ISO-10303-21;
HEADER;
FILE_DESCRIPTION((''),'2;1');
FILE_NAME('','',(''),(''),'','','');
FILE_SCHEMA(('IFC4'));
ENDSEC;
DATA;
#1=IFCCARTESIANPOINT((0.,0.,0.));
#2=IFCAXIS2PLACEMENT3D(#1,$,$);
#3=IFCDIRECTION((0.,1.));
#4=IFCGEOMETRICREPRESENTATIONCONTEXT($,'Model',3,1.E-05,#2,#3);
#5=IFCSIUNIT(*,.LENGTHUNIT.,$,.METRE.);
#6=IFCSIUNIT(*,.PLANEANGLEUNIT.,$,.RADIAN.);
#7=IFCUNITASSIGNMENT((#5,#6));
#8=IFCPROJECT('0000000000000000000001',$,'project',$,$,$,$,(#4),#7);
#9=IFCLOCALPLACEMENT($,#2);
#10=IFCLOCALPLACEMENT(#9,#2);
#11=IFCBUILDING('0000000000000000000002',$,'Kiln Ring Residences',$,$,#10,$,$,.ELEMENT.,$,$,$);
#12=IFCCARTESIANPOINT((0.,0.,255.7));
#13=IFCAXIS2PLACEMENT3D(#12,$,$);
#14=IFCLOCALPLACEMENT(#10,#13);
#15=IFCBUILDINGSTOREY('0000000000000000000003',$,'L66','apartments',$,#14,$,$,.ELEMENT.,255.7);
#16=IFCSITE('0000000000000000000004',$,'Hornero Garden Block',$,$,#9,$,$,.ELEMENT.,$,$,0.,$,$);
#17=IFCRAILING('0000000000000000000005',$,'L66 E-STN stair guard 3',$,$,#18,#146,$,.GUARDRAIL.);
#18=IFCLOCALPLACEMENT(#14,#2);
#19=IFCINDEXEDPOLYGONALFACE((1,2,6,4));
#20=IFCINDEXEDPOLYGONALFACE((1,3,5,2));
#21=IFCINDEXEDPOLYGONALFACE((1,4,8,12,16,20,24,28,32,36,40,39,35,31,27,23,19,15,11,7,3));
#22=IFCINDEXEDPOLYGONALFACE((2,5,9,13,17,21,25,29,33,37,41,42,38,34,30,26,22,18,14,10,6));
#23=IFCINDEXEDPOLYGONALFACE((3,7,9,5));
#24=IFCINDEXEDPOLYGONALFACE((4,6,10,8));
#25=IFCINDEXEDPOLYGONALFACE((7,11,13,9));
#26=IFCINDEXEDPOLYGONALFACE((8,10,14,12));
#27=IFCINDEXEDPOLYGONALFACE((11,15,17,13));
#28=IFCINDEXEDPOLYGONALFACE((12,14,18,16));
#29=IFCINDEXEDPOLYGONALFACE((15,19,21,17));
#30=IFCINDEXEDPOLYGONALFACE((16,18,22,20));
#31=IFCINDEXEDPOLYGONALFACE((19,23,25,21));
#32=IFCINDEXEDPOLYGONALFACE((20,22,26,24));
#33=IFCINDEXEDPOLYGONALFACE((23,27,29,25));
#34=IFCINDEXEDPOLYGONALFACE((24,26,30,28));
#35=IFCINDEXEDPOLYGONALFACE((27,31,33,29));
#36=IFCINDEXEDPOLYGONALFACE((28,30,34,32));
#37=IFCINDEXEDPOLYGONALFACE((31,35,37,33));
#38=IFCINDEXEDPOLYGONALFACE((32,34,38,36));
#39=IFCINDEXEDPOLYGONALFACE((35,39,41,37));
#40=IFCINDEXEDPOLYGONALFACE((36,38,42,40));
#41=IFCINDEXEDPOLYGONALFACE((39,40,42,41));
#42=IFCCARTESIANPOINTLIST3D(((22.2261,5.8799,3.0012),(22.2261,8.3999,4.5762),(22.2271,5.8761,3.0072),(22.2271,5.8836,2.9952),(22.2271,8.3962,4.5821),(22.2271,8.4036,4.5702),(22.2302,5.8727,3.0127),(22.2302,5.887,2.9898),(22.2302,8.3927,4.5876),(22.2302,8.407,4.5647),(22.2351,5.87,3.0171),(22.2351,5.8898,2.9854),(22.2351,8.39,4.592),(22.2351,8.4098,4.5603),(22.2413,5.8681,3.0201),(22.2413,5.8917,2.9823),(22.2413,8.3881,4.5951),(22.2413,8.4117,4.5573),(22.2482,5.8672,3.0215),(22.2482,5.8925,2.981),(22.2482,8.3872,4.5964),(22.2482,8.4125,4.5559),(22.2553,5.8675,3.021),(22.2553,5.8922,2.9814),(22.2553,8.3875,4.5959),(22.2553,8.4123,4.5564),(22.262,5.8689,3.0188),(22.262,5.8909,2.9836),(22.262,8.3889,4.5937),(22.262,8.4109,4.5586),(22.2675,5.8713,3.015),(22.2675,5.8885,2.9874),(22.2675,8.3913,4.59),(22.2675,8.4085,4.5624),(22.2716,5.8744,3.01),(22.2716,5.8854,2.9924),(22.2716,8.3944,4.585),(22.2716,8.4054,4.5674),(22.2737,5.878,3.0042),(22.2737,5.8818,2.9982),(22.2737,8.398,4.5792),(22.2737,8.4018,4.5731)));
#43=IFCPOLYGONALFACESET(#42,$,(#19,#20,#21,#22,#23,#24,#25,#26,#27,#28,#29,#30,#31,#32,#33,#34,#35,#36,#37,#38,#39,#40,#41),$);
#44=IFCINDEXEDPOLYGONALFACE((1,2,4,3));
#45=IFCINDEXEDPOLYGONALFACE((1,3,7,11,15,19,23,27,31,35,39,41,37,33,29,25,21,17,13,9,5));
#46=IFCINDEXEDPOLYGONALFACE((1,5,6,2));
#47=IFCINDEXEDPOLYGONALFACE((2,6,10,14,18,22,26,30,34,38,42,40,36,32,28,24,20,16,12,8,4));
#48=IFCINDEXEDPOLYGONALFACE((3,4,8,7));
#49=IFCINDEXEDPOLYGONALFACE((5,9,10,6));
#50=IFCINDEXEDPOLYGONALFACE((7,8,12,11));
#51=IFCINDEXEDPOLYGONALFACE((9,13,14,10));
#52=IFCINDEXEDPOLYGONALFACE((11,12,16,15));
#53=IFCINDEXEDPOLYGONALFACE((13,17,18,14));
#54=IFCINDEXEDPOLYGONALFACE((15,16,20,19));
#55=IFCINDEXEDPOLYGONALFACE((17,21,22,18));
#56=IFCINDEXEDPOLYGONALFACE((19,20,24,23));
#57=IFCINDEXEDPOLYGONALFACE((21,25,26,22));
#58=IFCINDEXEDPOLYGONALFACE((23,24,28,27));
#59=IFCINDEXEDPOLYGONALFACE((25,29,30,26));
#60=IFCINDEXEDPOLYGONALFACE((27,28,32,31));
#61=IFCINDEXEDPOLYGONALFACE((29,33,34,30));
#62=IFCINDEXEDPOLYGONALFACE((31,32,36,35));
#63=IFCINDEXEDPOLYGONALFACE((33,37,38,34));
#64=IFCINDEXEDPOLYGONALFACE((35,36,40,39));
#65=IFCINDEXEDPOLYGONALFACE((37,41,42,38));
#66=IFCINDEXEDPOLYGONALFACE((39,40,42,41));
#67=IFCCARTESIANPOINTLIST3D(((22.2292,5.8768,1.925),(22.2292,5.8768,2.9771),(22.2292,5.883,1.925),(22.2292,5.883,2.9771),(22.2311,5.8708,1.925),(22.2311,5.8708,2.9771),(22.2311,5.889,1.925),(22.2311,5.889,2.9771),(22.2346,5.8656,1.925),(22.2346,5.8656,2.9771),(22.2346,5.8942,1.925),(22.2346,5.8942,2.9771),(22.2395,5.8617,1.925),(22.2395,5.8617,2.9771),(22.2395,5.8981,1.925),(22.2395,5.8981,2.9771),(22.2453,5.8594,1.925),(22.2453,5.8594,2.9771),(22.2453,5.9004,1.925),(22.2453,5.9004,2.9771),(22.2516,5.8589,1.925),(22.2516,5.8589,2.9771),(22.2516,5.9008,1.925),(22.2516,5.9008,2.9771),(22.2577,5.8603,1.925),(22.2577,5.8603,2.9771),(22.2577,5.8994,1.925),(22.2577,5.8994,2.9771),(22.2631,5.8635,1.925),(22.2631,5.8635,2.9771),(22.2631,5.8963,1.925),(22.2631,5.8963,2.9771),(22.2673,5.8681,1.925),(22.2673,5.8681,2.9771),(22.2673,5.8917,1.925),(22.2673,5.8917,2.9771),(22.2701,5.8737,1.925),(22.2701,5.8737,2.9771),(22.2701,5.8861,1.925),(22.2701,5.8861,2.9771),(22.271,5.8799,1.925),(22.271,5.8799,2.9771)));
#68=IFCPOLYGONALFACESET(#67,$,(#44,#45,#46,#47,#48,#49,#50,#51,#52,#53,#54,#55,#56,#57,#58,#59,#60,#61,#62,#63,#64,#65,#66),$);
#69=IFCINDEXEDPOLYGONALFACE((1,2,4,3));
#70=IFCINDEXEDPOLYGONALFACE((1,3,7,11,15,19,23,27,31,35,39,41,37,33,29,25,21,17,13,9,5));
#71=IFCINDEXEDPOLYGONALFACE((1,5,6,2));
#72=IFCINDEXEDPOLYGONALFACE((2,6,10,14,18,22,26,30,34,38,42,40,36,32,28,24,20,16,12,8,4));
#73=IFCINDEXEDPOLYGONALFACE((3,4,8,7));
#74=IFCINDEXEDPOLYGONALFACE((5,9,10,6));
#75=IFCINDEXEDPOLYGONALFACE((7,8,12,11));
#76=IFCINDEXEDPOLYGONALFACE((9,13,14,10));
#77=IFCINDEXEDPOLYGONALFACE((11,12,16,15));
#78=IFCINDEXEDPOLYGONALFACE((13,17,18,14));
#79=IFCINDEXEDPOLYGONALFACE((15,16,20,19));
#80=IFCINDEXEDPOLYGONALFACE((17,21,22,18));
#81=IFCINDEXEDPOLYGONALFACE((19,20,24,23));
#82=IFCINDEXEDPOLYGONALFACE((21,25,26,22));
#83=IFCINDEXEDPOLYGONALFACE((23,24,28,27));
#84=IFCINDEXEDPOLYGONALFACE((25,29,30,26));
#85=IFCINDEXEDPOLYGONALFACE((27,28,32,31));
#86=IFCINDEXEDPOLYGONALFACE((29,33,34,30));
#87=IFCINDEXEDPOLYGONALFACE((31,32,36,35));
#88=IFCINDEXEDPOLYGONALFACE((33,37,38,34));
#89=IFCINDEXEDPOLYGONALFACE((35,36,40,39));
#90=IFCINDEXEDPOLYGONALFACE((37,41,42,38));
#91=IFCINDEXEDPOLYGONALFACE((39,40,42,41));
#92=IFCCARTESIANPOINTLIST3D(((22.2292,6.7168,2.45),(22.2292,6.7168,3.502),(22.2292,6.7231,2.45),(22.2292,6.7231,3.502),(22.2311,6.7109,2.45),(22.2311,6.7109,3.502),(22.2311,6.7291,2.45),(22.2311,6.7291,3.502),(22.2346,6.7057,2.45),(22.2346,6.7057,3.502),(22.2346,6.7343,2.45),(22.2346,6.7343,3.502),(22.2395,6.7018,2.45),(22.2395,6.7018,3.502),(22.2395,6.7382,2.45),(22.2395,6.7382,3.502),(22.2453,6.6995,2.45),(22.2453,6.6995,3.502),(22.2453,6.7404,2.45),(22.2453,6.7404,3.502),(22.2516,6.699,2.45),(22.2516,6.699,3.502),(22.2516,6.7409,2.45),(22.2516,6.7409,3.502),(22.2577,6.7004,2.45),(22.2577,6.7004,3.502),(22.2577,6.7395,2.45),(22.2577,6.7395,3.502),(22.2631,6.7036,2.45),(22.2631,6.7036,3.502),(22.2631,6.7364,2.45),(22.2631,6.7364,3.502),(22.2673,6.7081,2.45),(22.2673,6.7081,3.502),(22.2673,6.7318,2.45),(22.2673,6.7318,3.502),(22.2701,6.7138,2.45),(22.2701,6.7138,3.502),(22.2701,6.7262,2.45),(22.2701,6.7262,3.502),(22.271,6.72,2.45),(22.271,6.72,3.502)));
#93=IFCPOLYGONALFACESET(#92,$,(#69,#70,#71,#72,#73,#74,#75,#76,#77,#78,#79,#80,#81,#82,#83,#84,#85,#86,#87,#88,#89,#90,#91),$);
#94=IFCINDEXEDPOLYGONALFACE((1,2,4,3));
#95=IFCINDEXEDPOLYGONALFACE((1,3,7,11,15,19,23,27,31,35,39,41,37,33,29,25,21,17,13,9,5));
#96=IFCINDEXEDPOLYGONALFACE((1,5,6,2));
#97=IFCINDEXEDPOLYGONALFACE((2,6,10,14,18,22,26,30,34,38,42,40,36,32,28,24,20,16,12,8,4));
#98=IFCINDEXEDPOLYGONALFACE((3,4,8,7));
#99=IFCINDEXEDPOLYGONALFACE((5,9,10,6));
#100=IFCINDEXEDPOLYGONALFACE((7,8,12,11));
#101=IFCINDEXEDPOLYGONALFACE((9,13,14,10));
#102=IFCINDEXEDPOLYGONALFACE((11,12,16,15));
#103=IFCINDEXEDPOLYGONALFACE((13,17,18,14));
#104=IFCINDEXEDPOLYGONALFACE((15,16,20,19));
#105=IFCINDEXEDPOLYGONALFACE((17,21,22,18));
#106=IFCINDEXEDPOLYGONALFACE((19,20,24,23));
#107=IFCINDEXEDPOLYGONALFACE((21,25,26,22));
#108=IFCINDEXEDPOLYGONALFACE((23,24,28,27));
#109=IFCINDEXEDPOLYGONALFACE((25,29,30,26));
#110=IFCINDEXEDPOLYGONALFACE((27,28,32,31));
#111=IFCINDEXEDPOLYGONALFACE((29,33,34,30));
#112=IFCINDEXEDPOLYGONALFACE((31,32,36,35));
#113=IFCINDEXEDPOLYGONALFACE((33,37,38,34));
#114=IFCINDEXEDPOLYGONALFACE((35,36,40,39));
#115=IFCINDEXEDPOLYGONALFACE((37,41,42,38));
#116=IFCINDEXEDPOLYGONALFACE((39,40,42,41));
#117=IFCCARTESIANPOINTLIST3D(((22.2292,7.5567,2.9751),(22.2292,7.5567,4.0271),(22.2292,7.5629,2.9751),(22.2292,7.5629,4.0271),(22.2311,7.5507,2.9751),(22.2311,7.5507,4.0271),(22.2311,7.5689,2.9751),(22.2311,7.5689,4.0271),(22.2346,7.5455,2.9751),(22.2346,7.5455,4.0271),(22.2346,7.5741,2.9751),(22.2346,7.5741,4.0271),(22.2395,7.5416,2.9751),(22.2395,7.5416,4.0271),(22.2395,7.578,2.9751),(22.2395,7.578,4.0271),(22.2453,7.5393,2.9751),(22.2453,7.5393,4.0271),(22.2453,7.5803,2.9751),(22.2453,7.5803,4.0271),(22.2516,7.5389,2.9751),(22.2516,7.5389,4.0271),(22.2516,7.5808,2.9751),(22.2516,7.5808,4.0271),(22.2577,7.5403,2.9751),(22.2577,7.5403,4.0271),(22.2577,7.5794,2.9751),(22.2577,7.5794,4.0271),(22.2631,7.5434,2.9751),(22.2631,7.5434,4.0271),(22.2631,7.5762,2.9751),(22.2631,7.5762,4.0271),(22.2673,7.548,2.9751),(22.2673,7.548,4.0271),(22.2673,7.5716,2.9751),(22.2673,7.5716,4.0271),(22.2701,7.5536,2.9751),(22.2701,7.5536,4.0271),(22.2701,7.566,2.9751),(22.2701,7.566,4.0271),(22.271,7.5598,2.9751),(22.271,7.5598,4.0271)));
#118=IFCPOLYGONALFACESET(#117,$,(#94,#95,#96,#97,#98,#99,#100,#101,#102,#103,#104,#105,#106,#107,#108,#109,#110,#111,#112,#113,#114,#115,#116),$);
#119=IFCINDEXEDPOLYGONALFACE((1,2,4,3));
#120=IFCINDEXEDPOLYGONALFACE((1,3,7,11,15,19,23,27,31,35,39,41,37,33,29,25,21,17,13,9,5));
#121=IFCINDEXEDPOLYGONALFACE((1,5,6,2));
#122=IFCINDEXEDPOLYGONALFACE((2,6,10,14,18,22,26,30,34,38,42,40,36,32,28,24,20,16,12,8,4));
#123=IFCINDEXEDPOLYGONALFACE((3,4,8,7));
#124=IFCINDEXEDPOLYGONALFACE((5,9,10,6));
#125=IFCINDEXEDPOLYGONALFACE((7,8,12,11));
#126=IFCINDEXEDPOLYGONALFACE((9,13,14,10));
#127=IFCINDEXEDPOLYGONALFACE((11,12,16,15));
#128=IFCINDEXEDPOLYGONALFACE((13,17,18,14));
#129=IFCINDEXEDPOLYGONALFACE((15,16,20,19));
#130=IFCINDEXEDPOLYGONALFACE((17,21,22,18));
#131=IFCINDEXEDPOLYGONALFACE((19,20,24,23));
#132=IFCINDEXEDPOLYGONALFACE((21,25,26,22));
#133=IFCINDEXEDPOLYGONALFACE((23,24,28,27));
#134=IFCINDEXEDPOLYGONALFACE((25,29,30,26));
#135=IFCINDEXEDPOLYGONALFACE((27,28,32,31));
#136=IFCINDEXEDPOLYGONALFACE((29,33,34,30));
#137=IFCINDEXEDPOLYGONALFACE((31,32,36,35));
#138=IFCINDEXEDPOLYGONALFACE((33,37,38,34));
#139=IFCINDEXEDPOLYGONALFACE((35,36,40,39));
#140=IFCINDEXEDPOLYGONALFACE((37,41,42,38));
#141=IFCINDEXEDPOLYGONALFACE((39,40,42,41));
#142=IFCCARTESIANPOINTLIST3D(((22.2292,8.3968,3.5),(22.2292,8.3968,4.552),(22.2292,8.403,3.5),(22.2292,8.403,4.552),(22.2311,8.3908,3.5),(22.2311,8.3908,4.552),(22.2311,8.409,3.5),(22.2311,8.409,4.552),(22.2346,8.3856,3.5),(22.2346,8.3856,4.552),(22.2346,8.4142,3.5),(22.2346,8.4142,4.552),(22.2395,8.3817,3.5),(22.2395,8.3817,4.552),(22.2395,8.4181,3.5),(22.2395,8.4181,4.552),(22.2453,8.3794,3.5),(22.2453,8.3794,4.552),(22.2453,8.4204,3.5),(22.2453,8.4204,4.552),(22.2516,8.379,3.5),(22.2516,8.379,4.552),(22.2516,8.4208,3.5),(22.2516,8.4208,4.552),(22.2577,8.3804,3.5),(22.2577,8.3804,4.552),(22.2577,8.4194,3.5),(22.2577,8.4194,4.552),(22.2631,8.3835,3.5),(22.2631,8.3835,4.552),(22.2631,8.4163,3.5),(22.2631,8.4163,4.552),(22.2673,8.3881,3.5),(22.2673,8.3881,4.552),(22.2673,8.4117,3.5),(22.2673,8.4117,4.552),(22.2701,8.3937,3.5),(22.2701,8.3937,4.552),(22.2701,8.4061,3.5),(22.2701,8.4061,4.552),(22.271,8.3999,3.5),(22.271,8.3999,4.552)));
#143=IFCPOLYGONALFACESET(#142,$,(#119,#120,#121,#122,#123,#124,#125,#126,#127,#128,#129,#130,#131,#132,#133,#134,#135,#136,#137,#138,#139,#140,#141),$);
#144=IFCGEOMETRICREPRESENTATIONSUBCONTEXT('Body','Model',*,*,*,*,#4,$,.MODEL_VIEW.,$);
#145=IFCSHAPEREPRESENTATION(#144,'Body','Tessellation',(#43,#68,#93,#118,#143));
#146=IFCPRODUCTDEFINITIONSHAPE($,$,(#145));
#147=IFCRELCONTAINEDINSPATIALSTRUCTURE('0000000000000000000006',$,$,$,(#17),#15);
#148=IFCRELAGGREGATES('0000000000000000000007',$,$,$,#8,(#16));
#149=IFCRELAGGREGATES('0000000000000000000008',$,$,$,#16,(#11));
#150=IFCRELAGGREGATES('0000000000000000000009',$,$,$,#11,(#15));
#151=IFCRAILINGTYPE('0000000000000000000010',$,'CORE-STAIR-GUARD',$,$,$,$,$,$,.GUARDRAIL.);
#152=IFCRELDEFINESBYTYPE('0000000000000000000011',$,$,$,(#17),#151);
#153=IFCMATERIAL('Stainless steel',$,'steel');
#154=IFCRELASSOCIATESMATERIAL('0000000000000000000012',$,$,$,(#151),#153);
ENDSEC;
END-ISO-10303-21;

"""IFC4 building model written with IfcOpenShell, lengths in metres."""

from ifc_helpers import new_model, si_unit, direction, frame, origin, origin_2d, place, context, subcontext, project, spatial, circle, extrude, material, type_object, element, save


model = new_model("IFC4")

# Units and contexts
model_context = context("Model", 3, precision=1e-05, world=origin(), true_north=direction((0.0, 1.0)))
body_context = subcontext(model_context, "Body", "Model", "MODEL_VIEW")
ifc_project = project(units=[si_unit("LENGTHUNIT", "METRE"), si_unit("PLANEANGLEUNIT", "RADIAN")], contexts=[model_context])

# Site, building, storey
site_placement = place(None, origin())
site = spatial("IfcSite", under=ifc_project, at=site_placement, Name="Hornero Garden Block", CompositionType="ELEMENT", RefElevation=0.0)
building_placement = place(site_placement, origin())
building = spatial("IfcBuilding", under=site, at=building_placement, Name="Kiln Ring Residences", CompositionType="ELEMENT")
storey_placement = place(building_placement, frame((0.0, 0.0, 255.7)))
storey = spatial("IfcBuildingStorey", under=building, at=storey_placement, Name="L66", Description="apartments", CompositionType="ELEMENT", Elevation=255.7)

# Railing
ifc_material_1 = material(Name="Stainless steel", Category="steel")
railing_type_1 = type_object("IfcRailingType", Name="CORE-STAIR-GUARD", PredefinedType="GUARDRAIL", material=ifc_material_1)
railing_1_placement = place(storey_placement, frame((22.25, 5.8799, 1.925)))
element("IfcRailing", 1, at=railing_1_placement, inside=storey, type_object=railing_type_1, Name="L66 E-STN stair guard 3", PredefinedType="GUARDRAIL", context=body_context, shape_type="SweptSolid", body=[
    extrude(circle(Radius=0.0239, at=origin_2d()), frame((0.0, 0.0, 1.0762), z_axis=(0.0, 0.848008, 0.529984), x_axis=(-1.0, 0.0, 0.0)), (0.0, 0.0, 1.0), 2.9717),
    extrude(circle(Radius=0.021, at=origin_2d()), origin(), (0.0, 0.0, 1.0), 1.052),
    extrude(circle(Radius=0.021, at=origin_2d()), frame((0.0, 0.8401, 0.5249)), (0.0, 0.0, 1.0), 1.052),
    extrude(circle(Radius=0.021, at=origin_2d()), frame((0.0, 1.6799, 1.05)), (0.0, 0.0, 1.0), 1.052),
    extrude(circle(Radius=0.021, at=origin_2d()), frame((0.0, 2.52, 1.575)), (0.0, 0.0, 1.0), 1.052),
])

save(model, "model.ifc")
